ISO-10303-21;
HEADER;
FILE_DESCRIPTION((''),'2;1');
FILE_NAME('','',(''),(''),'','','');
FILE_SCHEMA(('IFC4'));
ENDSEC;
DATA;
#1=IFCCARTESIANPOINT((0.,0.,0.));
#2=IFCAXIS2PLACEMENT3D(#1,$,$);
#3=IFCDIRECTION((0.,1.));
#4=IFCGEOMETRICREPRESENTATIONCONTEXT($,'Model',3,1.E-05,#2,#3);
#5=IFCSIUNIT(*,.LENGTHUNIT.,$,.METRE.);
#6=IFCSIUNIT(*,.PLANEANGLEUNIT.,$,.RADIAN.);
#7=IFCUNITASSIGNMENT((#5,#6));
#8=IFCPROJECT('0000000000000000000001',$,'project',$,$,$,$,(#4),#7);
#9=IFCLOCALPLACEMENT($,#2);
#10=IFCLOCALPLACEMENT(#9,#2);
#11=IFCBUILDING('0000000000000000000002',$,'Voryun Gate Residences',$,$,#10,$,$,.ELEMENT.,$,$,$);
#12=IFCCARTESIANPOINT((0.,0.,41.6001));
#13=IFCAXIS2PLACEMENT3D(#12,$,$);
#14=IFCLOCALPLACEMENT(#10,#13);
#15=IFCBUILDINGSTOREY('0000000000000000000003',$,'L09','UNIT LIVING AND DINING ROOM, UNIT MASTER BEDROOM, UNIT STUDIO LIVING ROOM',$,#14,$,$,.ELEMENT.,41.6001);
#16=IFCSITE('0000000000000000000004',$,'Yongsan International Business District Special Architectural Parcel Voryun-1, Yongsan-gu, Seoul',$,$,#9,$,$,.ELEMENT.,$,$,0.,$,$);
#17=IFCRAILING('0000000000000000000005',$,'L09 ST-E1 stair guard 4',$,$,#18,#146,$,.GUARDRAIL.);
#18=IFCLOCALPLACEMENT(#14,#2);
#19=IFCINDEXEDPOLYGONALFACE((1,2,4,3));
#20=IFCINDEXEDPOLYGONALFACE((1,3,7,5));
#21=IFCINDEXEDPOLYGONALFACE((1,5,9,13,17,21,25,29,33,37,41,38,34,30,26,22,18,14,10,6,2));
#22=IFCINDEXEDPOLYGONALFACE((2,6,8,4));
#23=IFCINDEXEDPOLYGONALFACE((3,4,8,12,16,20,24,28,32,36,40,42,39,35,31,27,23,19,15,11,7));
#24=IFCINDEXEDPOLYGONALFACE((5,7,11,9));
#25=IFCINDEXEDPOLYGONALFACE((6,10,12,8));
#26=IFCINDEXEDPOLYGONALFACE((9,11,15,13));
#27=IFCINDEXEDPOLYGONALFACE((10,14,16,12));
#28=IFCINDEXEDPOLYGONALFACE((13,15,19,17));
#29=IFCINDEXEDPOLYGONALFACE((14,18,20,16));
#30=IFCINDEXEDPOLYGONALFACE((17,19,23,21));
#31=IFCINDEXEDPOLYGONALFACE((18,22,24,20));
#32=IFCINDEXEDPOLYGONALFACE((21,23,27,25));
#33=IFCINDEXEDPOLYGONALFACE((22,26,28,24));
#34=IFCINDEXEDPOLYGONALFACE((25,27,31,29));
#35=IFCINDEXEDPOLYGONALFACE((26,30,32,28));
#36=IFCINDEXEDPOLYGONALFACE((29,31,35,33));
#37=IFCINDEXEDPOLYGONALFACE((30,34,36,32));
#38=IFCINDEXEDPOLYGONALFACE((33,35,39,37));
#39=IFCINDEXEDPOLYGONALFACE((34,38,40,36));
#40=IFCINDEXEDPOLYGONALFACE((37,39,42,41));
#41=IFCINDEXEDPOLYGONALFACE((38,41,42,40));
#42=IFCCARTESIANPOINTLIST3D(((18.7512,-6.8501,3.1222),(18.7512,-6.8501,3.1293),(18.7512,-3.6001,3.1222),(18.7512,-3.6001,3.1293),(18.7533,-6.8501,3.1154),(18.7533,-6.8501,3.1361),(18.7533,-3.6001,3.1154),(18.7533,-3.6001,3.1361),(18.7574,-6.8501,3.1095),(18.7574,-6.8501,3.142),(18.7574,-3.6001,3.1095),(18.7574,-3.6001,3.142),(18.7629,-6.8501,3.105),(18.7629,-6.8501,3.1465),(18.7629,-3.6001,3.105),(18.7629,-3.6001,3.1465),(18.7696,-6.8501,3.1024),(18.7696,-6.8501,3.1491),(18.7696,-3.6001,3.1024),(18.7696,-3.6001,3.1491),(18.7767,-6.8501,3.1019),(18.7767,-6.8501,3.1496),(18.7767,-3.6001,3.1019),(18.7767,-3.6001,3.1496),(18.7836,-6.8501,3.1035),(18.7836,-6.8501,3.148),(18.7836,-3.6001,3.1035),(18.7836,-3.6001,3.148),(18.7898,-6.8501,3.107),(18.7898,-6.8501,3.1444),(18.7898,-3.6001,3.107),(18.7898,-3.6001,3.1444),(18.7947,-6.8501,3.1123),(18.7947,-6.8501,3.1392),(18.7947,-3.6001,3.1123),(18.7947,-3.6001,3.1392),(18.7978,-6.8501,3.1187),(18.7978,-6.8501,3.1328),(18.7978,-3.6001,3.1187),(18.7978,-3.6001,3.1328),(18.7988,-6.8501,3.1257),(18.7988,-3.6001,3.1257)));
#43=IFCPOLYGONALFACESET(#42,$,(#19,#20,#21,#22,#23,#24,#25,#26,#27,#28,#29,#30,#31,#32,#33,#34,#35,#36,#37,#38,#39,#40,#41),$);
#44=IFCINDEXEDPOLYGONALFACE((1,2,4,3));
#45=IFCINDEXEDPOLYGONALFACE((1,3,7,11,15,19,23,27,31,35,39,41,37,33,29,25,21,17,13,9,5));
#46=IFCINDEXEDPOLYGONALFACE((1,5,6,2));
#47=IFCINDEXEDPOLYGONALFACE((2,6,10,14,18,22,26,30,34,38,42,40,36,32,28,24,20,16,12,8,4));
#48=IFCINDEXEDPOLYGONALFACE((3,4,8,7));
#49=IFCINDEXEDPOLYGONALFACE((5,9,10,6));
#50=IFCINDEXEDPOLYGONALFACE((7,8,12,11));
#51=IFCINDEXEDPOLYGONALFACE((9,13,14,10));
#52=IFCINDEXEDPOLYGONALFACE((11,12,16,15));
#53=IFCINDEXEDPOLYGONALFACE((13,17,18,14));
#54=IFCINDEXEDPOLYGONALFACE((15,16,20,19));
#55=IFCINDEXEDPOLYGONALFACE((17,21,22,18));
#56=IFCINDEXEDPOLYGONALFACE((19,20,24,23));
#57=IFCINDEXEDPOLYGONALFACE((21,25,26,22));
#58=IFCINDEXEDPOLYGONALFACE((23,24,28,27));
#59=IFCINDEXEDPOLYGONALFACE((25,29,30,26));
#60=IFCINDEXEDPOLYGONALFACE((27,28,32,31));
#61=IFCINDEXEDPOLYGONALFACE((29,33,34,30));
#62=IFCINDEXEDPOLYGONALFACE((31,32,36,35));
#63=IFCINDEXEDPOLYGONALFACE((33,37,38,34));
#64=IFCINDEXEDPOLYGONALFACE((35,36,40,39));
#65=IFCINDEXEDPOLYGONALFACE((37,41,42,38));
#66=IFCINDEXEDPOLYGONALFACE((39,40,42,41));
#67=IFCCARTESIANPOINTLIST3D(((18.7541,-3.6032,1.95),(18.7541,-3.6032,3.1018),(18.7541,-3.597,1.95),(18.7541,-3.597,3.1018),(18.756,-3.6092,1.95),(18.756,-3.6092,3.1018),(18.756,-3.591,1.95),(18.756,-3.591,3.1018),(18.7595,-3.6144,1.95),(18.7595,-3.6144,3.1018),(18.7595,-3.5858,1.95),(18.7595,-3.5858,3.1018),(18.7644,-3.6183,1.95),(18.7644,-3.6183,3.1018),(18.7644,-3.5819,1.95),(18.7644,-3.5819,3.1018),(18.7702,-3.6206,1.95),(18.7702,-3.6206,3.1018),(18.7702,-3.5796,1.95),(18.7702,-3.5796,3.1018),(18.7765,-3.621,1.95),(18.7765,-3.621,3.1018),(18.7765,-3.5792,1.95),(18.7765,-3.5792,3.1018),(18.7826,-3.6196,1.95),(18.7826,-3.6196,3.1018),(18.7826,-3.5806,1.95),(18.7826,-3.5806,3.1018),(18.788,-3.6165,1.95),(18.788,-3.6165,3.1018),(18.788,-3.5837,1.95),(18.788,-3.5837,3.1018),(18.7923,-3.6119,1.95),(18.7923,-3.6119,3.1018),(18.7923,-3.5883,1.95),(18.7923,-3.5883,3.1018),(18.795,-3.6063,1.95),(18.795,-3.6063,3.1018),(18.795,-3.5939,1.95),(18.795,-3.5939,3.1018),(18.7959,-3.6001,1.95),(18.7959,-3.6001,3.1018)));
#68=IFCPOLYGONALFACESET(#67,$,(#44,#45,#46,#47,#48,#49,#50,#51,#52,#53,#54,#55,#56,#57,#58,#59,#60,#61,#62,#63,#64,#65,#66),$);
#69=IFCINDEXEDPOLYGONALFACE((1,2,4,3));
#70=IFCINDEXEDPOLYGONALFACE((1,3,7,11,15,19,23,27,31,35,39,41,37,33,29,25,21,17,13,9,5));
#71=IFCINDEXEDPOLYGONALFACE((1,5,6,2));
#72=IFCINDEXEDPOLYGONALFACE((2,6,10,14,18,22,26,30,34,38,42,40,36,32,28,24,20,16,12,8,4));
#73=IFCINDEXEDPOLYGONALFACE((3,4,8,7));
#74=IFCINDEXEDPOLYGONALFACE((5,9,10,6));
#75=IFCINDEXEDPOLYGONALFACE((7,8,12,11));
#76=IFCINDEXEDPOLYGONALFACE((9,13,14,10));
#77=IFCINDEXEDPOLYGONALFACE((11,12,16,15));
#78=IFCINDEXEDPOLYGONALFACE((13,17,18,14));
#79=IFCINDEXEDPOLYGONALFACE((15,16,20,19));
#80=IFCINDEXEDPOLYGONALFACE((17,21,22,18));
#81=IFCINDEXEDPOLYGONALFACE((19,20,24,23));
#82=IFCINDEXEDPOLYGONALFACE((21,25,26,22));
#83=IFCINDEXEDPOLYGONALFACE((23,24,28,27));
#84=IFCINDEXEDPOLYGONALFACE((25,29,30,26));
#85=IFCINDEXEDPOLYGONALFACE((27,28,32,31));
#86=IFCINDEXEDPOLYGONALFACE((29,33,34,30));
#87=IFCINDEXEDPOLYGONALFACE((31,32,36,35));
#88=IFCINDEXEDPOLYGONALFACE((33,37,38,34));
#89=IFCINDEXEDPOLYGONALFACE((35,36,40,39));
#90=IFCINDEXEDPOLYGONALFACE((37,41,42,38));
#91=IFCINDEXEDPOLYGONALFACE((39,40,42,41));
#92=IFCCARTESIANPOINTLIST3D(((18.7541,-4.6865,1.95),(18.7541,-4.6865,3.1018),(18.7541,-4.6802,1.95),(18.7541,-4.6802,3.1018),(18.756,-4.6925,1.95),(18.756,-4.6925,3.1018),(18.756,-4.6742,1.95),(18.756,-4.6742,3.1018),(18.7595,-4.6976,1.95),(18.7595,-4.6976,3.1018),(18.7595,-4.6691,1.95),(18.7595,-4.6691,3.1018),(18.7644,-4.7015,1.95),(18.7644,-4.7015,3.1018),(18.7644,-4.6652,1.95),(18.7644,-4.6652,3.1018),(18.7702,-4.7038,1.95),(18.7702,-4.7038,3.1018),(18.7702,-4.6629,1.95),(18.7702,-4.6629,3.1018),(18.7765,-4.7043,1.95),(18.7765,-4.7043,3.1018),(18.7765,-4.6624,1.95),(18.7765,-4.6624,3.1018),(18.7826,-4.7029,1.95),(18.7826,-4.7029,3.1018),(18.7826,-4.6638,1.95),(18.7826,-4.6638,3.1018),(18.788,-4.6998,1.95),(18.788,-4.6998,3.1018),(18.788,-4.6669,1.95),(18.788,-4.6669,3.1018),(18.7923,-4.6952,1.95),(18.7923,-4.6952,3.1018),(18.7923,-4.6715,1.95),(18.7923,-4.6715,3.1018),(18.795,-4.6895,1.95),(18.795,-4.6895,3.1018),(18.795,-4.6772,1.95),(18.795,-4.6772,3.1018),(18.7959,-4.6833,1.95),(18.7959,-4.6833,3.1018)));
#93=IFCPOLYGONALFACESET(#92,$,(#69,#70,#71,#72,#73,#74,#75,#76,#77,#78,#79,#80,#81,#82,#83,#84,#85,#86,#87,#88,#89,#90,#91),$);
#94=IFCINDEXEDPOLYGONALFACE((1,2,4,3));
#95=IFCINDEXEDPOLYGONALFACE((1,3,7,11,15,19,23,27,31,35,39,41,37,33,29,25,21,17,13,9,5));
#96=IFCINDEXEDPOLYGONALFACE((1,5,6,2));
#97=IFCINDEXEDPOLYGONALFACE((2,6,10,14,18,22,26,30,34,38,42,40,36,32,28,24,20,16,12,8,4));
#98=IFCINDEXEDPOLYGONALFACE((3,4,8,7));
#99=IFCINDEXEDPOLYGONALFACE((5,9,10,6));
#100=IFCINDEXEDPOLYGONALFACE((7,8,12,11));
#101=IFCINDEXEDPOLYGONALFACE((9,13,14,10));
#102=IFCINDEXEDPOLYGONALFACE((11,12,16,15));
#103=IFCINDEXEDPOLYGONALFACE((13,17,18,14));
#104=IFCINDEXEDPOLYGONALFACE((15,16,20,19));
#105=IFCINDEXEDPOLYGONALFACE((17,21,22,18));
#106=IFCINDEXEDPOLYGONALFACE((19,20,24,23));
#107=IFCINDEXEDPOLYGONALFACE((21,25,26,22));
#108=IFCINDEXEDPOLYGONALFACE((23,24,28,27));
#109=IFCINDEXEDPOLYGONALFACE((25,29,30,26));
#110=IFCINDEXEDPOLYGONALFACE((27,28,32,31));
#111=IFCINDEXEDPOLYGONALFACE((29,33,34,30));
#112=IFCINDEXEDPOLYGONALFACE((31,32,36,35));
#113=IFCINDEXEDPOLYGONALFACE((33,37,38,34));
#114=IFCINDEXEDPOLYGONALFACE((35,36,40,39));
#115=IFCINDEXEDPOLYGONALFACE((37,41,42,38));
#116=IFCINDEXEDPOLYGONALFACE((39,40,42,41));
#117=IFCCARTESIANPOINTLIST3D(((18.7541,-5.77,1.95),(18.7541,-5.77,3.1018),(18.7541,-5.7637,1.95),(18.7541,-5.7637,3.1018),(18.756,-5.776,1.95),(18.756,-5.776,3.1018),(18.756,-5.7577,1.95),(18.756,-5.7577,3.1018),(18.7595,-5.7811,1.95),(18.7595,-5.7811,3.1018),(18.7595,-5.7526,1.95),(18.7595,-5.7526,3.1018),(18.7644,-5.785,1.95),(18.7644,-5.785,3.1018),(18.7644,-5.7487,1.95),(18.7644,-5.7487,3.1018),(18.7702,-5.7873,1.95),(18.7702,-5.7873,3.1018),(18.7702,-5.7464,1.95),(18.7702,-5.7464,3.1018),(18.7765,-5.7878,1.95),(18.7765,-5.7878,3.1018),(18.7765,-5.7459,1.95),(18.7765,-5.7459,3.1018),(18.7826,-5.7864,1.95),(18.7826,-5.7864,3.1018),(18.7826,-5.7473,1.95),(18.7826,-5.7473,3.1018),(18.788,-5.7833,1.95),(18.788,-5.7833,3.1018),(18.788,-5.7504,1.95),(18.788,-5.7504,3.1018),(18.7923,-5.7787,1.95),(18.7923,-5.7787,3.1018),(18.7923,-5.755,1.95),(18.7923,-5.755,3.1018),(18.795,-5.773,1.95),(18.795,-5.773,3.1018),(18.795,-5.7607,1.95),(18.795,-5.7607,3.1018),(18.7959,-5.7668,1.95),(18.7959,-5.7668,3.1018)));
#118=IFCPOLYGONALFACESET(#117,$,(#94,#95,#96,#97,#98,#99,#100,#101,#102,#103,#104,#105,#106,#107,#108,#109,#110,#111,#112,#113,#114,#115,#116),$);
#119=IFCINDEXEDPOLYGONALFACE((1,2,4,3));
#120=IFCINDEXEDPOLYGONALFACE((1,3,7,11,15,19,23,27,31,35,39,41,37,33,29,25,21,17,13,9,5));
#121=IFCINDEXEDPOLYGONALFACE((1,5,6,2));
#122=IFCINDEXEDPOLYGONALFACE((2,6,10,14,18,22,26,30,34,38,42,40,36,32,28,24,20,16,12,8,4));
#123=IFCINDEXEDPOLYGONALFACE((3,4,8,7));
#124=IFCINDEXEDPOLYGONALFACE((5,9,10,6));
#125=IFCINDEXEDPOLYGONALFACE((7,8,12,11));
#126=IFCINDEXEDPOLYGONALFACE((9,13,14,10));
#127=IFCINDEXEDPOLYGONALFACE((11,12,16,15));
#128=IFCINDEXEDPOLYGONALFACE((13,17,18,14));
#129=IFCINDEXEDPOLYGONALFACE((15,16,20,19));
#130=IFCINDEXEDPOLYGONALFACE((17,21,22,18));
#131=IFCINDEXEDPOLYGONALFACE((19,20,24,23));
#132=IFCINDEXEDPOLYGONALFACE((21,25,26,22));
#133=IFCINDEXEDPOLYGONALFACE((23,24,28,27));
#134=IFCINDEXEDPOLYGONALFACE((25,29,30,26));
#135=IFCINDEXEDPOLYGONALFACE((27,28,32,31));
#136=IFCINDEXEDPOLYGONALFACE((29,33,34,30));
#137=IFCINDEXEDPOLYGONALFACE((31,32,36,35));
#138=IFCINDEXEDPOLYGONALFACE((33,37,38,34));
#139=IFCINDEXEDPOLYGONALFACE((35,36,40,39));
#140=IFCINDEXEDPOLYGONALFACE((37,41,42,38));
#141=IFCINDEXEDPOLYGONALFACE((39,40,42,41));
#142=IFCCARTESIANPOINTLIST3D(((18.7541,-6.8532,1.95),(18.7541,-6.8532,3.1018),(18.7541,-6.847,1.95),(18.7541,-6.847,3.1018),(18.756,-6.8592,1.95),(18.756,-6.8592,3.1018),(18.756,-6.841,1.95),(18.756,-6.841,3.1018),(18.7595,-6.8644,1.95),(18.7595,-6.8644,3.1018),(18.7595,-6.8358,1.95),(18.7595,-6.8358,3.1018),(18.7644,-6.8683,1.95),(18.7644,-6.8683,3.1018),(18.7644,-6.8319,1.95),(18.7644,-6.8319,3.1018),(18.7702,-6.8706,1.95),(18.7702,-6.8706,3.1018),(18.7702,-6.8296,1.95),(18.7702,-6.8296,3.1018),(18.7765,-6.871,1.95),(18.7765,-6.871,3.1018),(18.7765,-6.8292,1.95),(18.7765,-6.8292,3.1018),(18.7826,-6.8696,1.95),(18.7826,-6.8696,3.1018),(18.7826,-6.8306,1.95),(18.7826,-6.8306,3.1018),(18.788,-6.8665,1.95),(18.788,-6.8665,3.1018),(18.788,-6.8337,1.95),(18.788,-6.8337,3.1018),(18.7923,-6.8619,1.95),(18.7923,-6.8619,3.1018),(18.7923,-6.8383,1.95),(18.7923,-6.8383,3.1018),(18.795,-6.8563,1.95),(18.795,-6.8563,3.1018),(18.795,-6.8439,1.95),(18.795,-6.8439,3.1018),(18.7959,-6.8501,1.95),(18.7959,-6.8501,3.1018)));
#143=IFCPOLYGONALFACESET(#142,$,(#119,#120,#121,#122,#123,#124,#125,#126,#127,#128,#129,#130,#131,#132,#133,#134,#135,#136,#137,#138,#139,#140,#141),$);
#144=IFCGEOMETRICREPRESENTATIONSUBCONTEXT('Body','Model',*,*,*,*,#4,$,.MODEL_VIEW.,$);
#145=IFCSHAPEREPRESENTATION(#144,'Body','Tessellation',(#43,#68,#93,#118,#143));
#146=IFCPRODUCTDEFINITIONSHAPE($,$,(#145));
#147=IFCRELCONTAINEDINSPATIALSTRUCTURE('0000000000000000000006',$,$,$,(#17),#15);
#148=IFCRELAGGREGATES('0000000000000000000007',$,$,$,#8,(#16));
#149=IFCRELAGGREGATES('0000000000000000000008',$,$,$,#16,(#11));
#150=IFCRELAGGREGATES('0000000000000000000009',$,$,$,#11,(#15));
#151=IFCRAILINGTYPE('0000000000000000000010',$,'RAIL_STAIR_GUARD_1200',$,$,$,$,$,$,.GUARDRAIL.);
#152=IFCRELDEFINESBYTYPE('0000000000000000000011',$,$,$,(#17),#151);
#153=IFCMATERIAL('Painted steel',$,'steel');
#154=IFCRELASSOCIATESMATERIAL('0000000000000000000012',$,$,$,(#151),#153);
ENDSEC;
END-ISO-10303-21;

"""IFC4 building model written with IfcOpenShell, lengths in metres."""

from ifc_helpers import new_model, si_unit, direction, frame, origin, origin_2d, place, context, subcontext, project, spatial, circle, extrude, material, type_object, element, save


model = new_model("IFC4")

# Units and contexts
model_context = context("Model", 3, precision=1e-05, world=origin(), true_north=direction((0.0, 1.0)))
body_context = subcontext(model_context, "Body", "Model", "MODEL_VIEW")
ifc_project = project(units=[si_unit("LENGTHUNIT", "METRE"), si_unit("PLANEANGLEUNIT", "RADIAN")], contexts=[model_context])

# Site, building, storey
site_placement = place(None, origin())
site = spatial("IfcSite", under=ifc_project, at=site_placement, Name="Yongsan International Business District Special Architectural Parcel Voryun-1, Yongsan-gu, Seoul", CompositionType="ELEMENT", RefElevation=0.0)
building_placement = place(site_placement, origin())
building = spatial("IfcBuilding", under=site, at=building_placement, Name="Voryun Gate Residences", CompositionType="ELEMENT")
storey_placement = place(building_placement, frame((0.0, 0.0, 41.6001)))
storey = spatial("IfcBuildingStorey", under=building, at=storey_placement, Name="L09", Description="UNIT LIVING AND DINING ROOM, UNIT MASTER BEDROOM, UNIT STUDIO LIVING ROOM", CompositionType="ELEMENT", Elevation=41.6001)

# Railing
ifc_material_1 = material(Name="Painted steel", Category="steel")
railing_type_1 = type_object("IfcRailingType", Name="RAIL_STAIR_GUARD_1200", PredefinedType="GUARDRAIL", material=ifc_material_1)
for number, where, name in (
    (1, (18.7749, -3.6001, 1.95), "L09 ST-E1 stair guard 4"),
):
    element("IfcRailing", number, at=place(storey_placement, frame(where)), inside=storey, type_object=railing_type_1, Name=name, PredefinedType="GUARDRAIL", context=body_context, shape_type="SweptSolid", body=[
        extrude(circle(Radius=0.0239, at=origin_2d()), frame((0.0, 0.0, 1.1758), z_axis=(0.0, -1.0, 0.0), x_axis=(1.0, 0.0, 0.0)), (0.0, 0.0, 1.0), 3.25),
        extrude(circle(Radius=0.021, at=origin_2d()), origin(), (0.0, 0.0, 1.0), 1.1519),
        extrude(circle(Radius=0.021, at=origin_2d()), frame((0.0, -1.0833, 0.0)), (0.0, 0.0, 1.0), 1.1519),
        extrude(circle(Radius=0.021, at=origin_2d()), frame((0.0, -2.1667, 0.0)), (0.0, 0.0, 1.0), 1.1519),
        extrude(circle(Radius=0.021, at=origin_2d()), frame((0.0, -3.25, 0.0)), (0.0, 0.0, 1.0), 1.1519),
    ])

save(model, "model.ifc")
